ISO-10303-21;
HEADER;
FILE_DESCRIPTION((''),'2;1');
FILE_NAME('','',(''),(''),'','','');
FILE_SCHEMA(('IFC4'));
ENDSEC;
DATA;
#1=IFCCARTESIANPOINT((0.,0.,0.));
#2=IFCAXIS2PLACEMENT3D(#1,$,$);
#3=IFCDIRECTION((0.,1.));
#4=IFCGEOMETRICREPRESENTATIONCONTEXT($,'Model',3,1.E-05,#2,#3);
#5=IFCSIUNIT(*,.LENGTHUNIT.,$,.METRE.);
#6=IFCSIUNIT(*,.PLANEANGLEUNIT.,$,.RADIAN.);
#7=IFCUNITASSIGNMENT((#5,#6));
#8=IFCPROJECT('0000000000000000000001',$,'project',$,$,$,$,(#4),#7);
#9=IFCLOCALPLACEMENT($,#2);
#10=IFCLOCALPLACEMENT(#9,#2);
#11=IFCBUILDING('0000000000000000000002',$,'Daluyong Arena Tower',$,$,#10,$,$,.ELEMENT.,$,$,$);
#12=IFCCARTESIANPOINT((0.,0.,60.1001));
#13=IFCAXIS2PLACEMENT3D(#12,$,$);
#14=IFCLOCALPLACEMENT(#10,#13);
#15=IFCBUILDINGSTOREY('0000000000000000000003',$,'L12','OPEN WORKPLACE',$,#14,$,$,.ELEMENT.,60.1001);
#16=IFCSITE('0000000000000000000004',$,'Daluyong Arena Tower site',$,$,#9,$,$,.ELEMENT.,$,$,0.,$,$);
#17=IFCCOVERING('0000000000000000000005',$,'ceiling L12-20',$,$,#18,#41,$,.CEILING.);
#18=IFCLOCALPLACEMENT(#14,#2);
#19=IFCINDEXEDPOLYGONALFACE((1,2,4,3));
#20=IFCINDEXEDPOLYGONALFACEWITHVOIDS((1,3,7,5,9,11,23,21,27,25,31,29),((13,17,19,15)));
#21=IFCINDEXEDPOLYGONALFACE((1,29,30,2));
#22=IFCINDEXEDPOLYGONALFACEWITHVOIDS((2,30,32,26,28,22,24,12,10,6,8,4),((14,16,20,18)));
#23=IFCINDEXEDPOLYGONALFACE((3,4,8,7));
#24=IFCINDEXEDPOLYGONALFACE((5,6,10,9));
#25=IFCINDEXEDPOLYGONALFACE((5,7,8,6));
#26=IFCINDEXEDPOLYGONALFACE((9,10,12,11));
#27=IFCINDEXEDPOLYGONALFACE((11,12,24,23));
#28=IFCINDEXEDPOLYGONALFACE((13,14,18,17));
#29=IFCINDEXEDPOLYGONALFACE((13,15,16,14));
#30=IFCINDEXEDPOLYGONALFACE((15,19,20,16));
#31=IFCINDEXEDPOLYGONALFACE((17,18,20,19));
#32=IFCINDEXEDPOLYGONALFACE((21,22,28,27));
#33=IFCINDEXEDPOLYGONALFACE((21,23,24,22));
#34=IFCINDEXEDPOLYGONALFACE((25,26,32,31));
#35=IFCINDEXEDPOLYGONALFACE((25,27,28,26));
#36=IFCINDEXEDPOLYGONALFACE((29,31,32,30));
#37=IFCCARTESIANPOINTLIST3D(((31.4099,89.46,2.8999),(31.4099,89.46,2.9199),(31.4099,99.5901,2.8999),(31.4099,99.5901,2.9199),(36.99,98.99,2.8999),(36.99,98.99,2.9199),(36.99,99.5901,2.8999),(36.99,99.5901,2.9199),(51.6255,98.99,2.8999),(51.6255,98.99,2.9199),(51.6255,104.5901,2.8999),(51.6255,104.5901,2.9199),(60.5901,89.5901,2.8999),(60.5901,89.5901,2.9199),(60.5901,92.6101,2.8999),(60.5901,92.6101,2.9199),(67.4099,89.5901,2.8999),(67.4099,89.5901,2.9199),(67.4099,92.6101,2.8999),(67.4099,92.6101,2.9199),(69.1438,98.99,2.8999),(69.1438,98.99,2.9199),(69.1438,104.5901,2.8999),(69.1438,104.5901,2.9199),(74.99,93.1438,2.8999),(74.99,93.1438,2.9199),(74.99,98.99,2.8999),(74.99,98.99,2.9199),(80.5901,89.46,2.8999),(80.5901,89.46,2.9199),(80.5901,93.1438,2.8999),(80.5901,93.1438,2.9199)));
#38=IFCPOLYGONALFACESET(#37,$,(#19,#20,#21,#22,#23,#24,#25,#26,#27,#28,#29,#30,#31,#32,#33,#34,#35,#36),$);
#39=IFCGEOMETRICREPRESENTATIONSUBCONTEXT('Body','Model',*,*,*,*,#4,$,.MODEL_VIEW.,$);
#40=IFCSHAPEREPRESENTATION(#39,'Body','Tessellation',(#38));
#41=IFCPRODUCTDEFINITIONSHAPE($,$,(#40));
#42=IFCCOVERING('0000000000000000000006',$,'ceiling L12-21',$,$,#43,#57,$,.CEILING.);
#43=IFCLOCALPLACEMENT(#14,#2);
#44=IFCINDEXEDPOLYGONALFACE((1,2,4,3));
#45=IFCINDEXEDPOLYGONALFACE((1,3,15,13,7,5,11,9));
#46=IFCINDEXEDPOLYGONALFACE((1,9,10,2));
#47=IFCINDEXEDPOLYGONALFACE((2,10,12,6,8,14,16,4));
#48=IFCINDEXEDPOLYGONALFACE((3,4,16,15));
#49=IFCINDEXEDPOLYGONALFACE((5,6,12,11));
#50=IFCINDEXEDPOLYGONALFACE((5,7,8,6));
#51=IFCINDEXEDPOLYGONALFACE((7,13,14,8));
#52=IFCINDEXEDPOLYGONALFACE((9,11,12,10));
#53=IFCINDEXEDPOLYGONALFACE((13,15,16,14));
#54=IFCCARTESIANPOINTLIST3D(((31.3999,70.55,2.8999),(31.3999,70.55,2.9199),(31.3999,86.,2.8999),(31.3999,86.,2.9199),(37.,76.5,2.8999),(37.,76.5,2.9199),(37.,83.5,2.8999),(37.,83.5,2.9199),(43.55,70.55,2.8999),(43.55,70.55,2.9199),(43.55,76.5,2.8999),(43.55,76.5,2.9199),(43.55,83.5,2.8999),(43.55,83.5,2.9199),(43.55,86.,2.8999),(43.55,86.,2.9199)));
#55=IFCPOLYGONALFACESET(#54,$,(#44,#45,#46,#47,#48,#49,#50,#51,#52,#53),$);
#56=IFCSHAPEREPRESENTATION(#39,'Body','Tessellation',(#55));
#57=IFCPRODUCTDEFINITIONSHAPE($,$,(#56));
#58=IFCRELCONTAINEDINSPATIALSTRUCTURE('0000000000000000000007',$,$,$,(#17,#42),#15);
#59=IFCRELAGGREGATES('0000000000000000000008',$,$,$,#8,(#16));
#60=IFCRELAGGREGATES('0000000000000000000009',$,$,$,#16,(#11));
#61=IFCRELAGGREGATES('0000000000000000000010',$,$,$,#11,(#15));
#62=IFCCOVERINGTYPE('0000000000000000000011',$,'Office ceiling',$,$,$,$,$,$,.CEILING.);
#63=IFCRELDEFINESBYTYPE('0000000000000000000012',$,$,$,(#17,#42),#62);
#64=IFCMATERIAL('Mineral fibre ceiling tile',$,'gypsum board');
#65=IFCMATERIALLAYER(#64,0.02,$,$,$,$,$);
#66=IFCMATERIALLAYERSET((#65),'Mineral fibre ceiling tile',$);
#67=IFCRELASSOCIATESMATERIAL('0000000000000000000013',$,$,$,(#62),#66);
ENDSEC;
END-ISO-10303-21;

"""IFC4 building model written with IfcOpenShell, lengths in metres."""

from ifc_helpers import new_model, si_unit, direction, frame, origin, place, context, subcontext, project, spatial, polyline, outline, extrude, material, layer, layer_set, type_object, element, save


model = new_model("IFC4")

# Units and contexts
model_context = context("Model", 3, precision=1e-05, world=origin(), true_north=direction((0.0, 1.0)))
body_context = subcontext(model_context, "Body", "Model", "MODEL_VIEW")
ifc_project = project(units=[si_unit("LENGTHUNIT", "METRE"), si_unit("PLANEANGLEUNIT", "RADIAN")], contexts=[model_context])

# Site, building, storey
site_placement = place(None, origin())
site = spatial("IfcSite", under=ifc_project, at=site_placement, Name="Daluyong Arena Tower site", CompositionType="ELEMENT", RefElevation=0.0)
building_placement = place(site_placement, origin())
building = spatial("IfcBuilding", under=site, at=building_placement, Name="Daluyong Arena Tower", CompositionType="ELEMENT")
storey_placement = place(building_placement, frame((0.0, 0.0, 60.1001)))
storey = spatial("IfcBuildingStorey", under=building, at=storey_placement, Name="L12", Description="OPEN WORKPLACE", CompositionType="ELEMENT", Elevation=60.1001)

# Coverings
ifc_material_1 = material(Name="Mineral fibre ceiling tile", Category="gypsum board")
ifc_layer_1 = layer(ifc_material_1, 0.02)
ifc_layer_set_1 = layer_set([ifc_layer_1], Name="Mineral fibre ceiling tile")
covering_type = type_object("IfcCoveringType", Name="Office ceiling", PredefinedType="CEILING", material=ifc_layer_set_1)
covering_1_placement = place(storey_placement, frame((0.0, 0.0, 2.8999)))
element("IfcCovering", 1, at=covering_1_placement, inside=storey, type_object=covering_type, Name="ceiling L12-20", PredefinedType="CEILING", context=body_context, shape_type="SweptSolid", body=[
    extrude(outline(polyline([(51.6255, 98.99), (36.99, 98.99), (36.99, 99.5901), (31.4099, 99.5901), (31.4099, 89.46), (80.5901, 89.46), (80.5901, 93.1438), (74.99, 93.1438), (74.99, 98.99), (69.1438, 98.99), (69.1438, 104.5901), (51.6255, 104.5901), (51.6255, 98.99)]), holes=[polyline([(67.4099, 89.5901), (60.5901, 89.5901), (60.5901, 92.6101), (67.4099, 92.6101), (67.4099, 89.5901)])]), origin(), (0.0, 0.0, 1.0), 0.02),
])
covering_2_placement = place(storey_placement, frame((0.0, 0.0, 2.8999)))
element("IfcCovering", 2, at=covering_2_placement, inside=storey, type_object=covering_type, Name="ceiling L12-21", PredefinedType="CEILING", context=body_context, shape_type="SweptSolid", body=[
    extrude(outline(polyline([(43.55, 83.5), (43.55, 86.0), (31.3999, 86.0), (31.3999, 70.55), (43.55, 70.55), (43.55, 76.5), (37.0, 76.5), (37.0, 83.5), (43.55, 83.5)])), origin(), (0.0, 0.0, 1.0), 0.02),
])

save(model, "model.ifc")
